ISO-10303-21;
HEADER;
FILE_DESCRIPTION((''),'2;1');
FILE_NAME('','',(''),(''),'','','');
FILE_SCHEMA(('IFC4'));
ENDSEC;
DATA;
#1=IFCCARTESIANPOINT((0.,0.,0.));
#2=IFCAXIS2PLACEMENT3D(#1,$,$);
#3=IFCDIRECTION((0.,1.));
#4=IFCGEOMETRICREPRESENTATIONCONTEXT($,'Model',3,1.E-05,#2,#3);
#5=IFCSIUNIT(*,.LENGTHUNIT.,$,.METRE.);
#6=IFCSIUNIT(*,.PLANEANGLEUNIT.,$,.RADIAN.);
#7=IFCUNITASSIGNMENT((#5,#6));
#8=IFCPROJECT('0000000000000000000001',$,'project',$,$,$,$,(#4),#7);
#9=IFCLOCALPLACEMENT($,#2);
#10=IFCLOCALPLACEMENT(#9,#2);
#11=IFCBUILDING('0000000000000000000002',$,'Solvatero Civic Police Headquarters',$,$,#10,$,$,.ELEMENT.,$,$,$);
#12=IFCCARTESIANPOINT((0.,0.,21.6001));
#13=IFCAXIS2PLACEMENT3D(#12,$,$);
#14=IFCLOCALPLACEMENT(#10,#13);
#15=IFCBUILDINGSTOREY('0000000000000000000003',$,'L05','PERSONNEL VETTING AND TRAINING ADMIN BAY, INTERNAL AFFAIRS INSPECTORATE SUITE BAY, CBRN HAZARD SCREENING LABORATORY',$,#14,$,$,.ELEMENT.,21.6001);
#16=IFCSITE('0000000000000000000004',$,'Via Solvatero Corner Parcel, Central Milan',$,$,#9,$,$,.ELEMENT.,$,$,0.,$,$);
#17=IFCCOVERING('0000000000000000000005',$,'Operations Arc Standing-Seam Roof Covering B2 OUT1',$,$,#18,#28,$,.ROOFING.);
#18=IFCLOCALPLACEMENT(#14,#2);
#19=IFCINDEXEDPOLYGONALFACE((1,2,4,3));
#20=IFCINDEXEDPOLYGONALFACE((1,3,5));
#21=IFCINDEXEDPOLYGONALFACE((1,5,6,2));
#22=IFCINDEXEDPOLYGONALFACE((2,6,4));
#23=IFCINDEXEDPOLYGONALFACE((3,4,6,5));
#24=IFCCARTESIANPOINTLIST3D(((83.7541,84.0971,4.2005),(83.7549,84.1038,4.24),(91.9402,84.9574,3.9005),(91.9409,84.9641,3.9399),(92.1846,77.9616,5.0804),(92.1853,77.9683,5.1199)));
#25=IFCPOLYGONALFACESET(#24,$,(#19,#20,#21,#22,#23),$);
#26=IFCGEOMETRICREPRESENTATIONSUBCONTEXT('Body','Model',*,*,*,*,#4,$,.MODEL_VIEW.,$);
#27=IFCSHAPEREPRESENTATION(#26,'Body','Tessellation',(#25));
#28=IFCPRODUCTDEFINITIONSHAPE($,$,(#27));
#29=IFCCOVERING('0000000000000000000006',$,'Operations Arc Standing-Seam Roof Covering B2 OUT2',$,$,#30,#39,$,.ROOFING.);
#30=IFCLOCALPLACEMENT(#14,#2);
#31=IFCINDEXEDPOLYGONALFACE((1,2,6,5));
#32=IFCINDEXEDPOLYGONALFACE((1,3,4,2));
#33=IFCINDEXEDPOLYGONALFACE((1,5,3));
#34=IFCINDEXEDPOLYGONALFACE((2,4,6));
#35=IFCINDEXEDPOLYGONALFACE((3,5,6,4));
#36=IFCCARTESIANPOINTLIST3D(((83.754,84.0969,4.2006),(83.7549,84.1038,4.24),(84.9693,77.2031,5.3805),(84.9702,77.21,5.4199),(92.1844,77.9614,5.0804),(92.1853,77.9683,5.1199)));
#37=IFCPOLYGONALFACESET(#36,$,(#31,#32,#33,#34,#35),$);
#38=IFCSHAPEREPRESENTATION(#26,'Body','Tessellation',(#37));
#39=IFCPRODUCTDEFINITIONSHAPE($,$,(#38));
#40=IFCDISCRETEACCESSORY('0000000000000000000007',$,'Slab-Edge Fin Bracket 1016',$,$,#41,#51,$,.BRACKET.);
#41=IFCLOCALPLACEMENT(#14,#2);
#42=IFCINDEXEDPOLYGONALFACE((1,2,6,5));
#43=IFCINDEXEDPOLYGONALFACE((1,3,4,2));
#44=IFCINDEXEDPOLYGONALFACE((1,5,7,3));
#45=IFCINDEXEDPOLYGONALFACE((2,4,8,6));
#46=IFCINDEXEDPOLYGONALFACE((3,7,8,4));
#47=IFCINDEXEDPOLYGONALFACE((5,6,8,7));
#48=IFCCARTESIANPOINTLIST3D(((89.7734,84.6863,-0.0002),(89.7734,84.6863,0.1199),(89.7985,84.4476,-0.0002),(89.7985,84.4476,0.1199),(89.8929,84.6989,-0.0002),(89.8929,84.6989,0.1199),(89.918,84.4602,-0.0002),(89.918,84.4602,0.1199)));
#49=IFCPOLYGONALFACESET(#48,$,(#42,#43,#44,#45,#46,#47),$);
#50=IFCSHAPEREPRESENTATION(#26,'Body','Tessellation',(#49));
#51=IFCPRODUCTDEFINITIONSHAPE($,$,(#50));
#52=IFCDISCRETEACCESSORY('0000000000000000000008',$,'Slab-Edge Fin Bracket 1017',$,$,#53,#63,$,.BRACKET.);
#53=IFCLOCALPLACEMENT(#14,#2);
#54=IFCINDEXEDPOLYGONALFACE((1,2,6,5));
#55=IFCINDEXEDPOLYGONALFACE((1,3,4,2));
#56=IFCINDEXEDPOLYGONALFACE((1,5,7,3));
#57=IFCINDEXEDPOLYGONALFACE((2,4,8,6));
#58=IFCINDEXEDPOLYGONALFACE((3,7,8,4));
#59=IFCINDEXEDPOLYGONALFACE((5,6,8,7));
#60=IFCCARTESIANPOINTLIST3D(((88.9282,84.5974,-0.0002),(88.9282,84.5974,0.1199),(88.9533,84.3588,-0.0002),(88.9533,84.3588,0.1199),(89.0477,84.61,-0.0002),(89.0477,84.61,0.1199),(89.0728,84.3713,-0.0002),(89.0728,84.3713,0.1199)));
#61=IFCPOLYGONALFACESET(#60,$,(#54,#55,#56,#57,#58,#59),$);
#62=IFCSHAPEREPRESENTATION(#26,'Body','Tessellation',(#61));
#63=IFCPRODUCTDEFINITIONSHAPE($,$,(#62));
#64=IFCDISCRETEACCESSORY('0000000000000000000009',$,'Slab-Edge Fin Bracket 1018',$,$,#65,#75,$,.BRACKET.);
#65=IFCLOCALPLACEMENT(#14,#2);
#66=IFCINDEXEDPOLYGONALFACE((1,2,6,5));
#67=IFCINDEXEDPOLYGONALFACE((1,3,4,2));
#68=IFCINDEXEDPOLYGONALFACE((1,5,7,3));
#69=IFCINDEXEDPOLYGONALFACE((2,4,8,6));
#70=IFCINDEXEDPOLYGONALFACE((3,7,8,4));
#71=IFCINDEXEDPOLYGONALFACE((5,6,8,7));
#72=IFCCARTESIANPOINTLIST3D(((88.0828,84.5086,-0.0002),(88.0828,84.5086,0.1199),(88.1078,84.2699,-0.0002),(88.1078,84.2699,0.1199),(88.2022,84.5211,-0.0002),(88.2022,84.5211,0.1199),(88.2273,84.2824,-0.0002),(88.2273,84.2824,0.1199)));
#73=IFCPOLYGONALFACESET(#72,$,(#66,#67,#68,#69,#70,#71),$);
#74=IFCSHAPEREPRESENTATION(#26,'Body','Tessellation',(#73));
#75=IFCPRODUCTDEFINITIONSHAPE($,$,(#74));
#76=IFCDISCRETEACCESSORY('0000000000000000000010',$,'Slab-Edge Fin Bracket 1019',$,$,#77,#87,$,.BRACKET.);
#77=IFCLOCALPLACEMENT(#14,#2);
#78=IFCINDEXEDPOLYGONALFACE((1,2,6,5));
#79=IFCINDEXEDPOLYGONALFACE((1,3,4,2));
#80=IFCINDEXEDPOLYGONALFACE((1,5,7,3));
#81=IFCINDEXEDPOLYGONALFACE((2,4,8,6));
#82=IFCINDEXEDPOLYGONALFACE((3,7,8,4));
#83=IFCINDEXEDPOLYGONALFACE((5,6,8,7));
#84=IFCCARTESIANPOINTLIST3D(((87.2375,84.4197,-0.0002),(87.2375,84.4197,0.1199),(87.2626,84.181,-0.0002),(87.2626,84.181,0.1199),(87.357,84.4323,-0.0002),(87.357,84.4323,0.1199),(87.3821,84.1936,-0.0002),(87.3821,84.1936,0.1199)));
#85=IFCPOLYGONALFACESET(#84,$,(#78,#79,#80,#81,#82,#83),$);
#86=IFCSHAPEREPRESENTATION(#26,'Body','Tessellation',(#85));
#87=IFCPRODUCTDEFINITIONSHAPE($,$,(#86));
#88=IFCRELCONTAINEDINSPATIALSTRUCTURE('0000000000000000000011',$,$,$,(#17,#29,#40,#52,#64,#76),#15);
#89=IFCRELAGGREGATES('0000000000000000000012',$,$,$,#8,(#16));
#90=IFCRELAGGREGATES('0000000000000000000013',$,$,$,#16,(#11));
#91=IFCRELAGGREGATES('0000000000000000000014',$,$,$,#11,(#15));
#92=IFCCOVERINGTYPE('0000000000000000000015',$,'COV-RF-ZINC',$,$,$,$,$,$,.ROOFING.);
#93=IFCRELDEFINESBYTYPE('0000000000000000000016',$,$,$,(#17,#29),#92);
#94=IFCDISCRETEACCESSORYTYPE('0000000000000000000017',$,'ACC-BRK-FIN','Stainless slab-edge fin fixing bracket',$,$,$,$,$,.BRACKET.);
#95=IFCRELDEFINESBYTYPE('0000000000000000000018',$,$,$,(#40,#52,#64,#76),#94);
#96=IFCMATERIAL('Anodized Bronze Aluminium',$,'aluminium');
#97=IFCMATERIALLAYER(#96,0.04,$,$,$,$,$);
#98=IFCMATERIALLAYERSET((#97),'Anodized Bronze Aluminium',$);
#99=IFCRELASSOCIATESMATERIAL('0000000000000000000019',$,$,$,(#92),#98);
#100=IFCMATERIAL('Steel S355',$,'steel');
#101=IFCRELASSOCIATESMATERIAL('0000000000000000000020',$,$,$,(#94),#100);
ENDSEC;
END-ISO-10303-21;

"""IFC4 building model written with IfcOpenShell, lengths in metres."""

from ifc_helpers import new_model, si_unit, direction, frame, origin, origin_2d, place, context, subcontext, project, spatial, polyline, rectangle, outline, extrude, material, layer, layer_set, type_object, element, save


model = new_model("IFC4")

# Units and contexts
model_context = context("Model", 3, precision=1e-05, world=origin(), true_north=direction((0.0, 1.0)))
body_context = subcontext(model_context, "Body", "Model", "MODEL_VIEW")
ifc_project = project(units=[si_unit("LENGTHUNIT", "METRE"), si_unit("PLANEANGLEUNIT", "RADIAN")], contexts=[model_context])

# Site, building, storey
site_placement = place(None, origin())
site = spatial("IfcSite", under=ifc_project, at=site_placement, Name="Via Solvatero Corner Parcel, Central Milan", CompositionType="ELEMENT", RefElevation=0.0)
building_placement = place(site_placement, origin())
building = spatial("IfcBuilding", under=site, at=building_placement, Name="Solvatero Civic Police Headquarters", CompositionType="ELEMENT")
storey_placement = place(building_placement, frame((0.0, 0.0, 21.6001)))
storey = spatial("IfcBuildingStorey", under=building, at=storey_placement, Name="L05", Description="PERSONNEL VETTING AND TRAINING ADMIN BAY, INTERNAL AFFAIRS INSPECTORATE SUITE BAY, CBRN HAZARD SCREENING LABORATORY", CompositionType="ELEMENT", Elevation=21.6001)

# Shared definitions
ifc_material_1 = material(Name="Anodized Bronze Aluminium", Category="aluminium")

# Coverings
ifc_layer_1 = layer(ifc_material_1, 0.04)
ifc_layer_set_1 = layer_set([ifc_layer_1], Name="Anodized Bronze Aluminium")
covering_type_1 = type_object("IfcCoveringType", Name="COV-RF-ZINC", PredefinedType="ROOFING", material=ifc_layer_set_1)
covering_1_placement = place(storey_placement, frame((92.1853, 77.9683, 5.1199), z_axis=(0.01859, 0.166915, 0.985796), x_axis=(-0.034426, 0.985489, -0.166214)))
element("IfcCovering", 1, at=covering_1_placement, inside=storey, type_object=covering_type_1, Name="Operations Arc Standing-Seam Roof Covering B2 OUT1", PredefinedType="ROOFING", context=body_context, shape_type="SweptSolid", body=[
    extrude(outline(polyline([(0.0, 0.0), (7.0989, 0.0), (6.4829, 8.2135), (0.0, 0.0)])), origin(), (0.0, 0.0, -1.0), 0.04),
])
covering_2_placement = place(storey_placement, frame((92.1853, 77.9683, 5.1199), z_axis=(0.022815, 0.172567, 0.984733), x_axis=(-0.805677, 0.586356, -0.084088)))
element("IfcCovering", 2, at=covering_2_placement, inside=storey, type_object=covering_type_1, Name="Operations Arc Standing-Seam Roof Covering B2 OUT2", PredefinedType="ROOFING", context=body_context, shape_type="SweptSolid", body=[
    extrude(outline(polyline([(0.0, 0.0), (10.4638, 0.0), (5.3432, 4.9166), (0.0, 0.0)])), origin(), (0.0, 0.0, -1.0), 0.04),
])

# Discrete accessories
ifc_material_2 = material(Name="Steel S355", Category="steel")
discrete_accessory_type = type_object("IfcDiscreteAccessoryType", Name="ACC-BRK-FIN", Description="Stainless slab-edge fin fixing bracket", PredefinedType="BRACKET", material=ifc_material_2)
for number, where, z_axis, x_axis, name in (
    (3, (89.8457, 84.5732, -0.0002), (0.0, 0.0, 1.0), (-0.994524, -0.104511, 0.0), "Slab-Edge Fin Bracket 1016"),
    (4, (89.0005, 84.4844, -0.0002), (0.0, 0.0, 1.0), (-0.994524, -0.104511, 0.0), "Slab-Edge Fin Bracket 1017"),
    (5, (88.155, 84.3955, -0.0002), (0.0, 0.0, 1.0), (-0.994524, -0.104511, 0.0), "Slab-Edge Fin Bracket 1018"),
    (6, (87.3098, 84.3066, -0.0002), (0.0, 0.0, 1.0), (-0.994524, -0.104511, 0.0), "Slab-Edge Fin Bracket 1019"),
):
    element("IfcDiscreteAccessory", number, at=place(storey_placement, frame(where, z_axis=z_axis, x_axis=x_axis)), inside=storey, type_object=discrete_accessory_type, Name=name, PredefinedType="BRACKET", context=body_context, shape_type="SweptSolid", body=[
        extrude(rectangle(XDim=0.1201, YDim=0.24, at=origin_2d()), origin(), (0.0, 0.0, 1.0), 0.1201),
    ])

save(model, "model.ifc")
